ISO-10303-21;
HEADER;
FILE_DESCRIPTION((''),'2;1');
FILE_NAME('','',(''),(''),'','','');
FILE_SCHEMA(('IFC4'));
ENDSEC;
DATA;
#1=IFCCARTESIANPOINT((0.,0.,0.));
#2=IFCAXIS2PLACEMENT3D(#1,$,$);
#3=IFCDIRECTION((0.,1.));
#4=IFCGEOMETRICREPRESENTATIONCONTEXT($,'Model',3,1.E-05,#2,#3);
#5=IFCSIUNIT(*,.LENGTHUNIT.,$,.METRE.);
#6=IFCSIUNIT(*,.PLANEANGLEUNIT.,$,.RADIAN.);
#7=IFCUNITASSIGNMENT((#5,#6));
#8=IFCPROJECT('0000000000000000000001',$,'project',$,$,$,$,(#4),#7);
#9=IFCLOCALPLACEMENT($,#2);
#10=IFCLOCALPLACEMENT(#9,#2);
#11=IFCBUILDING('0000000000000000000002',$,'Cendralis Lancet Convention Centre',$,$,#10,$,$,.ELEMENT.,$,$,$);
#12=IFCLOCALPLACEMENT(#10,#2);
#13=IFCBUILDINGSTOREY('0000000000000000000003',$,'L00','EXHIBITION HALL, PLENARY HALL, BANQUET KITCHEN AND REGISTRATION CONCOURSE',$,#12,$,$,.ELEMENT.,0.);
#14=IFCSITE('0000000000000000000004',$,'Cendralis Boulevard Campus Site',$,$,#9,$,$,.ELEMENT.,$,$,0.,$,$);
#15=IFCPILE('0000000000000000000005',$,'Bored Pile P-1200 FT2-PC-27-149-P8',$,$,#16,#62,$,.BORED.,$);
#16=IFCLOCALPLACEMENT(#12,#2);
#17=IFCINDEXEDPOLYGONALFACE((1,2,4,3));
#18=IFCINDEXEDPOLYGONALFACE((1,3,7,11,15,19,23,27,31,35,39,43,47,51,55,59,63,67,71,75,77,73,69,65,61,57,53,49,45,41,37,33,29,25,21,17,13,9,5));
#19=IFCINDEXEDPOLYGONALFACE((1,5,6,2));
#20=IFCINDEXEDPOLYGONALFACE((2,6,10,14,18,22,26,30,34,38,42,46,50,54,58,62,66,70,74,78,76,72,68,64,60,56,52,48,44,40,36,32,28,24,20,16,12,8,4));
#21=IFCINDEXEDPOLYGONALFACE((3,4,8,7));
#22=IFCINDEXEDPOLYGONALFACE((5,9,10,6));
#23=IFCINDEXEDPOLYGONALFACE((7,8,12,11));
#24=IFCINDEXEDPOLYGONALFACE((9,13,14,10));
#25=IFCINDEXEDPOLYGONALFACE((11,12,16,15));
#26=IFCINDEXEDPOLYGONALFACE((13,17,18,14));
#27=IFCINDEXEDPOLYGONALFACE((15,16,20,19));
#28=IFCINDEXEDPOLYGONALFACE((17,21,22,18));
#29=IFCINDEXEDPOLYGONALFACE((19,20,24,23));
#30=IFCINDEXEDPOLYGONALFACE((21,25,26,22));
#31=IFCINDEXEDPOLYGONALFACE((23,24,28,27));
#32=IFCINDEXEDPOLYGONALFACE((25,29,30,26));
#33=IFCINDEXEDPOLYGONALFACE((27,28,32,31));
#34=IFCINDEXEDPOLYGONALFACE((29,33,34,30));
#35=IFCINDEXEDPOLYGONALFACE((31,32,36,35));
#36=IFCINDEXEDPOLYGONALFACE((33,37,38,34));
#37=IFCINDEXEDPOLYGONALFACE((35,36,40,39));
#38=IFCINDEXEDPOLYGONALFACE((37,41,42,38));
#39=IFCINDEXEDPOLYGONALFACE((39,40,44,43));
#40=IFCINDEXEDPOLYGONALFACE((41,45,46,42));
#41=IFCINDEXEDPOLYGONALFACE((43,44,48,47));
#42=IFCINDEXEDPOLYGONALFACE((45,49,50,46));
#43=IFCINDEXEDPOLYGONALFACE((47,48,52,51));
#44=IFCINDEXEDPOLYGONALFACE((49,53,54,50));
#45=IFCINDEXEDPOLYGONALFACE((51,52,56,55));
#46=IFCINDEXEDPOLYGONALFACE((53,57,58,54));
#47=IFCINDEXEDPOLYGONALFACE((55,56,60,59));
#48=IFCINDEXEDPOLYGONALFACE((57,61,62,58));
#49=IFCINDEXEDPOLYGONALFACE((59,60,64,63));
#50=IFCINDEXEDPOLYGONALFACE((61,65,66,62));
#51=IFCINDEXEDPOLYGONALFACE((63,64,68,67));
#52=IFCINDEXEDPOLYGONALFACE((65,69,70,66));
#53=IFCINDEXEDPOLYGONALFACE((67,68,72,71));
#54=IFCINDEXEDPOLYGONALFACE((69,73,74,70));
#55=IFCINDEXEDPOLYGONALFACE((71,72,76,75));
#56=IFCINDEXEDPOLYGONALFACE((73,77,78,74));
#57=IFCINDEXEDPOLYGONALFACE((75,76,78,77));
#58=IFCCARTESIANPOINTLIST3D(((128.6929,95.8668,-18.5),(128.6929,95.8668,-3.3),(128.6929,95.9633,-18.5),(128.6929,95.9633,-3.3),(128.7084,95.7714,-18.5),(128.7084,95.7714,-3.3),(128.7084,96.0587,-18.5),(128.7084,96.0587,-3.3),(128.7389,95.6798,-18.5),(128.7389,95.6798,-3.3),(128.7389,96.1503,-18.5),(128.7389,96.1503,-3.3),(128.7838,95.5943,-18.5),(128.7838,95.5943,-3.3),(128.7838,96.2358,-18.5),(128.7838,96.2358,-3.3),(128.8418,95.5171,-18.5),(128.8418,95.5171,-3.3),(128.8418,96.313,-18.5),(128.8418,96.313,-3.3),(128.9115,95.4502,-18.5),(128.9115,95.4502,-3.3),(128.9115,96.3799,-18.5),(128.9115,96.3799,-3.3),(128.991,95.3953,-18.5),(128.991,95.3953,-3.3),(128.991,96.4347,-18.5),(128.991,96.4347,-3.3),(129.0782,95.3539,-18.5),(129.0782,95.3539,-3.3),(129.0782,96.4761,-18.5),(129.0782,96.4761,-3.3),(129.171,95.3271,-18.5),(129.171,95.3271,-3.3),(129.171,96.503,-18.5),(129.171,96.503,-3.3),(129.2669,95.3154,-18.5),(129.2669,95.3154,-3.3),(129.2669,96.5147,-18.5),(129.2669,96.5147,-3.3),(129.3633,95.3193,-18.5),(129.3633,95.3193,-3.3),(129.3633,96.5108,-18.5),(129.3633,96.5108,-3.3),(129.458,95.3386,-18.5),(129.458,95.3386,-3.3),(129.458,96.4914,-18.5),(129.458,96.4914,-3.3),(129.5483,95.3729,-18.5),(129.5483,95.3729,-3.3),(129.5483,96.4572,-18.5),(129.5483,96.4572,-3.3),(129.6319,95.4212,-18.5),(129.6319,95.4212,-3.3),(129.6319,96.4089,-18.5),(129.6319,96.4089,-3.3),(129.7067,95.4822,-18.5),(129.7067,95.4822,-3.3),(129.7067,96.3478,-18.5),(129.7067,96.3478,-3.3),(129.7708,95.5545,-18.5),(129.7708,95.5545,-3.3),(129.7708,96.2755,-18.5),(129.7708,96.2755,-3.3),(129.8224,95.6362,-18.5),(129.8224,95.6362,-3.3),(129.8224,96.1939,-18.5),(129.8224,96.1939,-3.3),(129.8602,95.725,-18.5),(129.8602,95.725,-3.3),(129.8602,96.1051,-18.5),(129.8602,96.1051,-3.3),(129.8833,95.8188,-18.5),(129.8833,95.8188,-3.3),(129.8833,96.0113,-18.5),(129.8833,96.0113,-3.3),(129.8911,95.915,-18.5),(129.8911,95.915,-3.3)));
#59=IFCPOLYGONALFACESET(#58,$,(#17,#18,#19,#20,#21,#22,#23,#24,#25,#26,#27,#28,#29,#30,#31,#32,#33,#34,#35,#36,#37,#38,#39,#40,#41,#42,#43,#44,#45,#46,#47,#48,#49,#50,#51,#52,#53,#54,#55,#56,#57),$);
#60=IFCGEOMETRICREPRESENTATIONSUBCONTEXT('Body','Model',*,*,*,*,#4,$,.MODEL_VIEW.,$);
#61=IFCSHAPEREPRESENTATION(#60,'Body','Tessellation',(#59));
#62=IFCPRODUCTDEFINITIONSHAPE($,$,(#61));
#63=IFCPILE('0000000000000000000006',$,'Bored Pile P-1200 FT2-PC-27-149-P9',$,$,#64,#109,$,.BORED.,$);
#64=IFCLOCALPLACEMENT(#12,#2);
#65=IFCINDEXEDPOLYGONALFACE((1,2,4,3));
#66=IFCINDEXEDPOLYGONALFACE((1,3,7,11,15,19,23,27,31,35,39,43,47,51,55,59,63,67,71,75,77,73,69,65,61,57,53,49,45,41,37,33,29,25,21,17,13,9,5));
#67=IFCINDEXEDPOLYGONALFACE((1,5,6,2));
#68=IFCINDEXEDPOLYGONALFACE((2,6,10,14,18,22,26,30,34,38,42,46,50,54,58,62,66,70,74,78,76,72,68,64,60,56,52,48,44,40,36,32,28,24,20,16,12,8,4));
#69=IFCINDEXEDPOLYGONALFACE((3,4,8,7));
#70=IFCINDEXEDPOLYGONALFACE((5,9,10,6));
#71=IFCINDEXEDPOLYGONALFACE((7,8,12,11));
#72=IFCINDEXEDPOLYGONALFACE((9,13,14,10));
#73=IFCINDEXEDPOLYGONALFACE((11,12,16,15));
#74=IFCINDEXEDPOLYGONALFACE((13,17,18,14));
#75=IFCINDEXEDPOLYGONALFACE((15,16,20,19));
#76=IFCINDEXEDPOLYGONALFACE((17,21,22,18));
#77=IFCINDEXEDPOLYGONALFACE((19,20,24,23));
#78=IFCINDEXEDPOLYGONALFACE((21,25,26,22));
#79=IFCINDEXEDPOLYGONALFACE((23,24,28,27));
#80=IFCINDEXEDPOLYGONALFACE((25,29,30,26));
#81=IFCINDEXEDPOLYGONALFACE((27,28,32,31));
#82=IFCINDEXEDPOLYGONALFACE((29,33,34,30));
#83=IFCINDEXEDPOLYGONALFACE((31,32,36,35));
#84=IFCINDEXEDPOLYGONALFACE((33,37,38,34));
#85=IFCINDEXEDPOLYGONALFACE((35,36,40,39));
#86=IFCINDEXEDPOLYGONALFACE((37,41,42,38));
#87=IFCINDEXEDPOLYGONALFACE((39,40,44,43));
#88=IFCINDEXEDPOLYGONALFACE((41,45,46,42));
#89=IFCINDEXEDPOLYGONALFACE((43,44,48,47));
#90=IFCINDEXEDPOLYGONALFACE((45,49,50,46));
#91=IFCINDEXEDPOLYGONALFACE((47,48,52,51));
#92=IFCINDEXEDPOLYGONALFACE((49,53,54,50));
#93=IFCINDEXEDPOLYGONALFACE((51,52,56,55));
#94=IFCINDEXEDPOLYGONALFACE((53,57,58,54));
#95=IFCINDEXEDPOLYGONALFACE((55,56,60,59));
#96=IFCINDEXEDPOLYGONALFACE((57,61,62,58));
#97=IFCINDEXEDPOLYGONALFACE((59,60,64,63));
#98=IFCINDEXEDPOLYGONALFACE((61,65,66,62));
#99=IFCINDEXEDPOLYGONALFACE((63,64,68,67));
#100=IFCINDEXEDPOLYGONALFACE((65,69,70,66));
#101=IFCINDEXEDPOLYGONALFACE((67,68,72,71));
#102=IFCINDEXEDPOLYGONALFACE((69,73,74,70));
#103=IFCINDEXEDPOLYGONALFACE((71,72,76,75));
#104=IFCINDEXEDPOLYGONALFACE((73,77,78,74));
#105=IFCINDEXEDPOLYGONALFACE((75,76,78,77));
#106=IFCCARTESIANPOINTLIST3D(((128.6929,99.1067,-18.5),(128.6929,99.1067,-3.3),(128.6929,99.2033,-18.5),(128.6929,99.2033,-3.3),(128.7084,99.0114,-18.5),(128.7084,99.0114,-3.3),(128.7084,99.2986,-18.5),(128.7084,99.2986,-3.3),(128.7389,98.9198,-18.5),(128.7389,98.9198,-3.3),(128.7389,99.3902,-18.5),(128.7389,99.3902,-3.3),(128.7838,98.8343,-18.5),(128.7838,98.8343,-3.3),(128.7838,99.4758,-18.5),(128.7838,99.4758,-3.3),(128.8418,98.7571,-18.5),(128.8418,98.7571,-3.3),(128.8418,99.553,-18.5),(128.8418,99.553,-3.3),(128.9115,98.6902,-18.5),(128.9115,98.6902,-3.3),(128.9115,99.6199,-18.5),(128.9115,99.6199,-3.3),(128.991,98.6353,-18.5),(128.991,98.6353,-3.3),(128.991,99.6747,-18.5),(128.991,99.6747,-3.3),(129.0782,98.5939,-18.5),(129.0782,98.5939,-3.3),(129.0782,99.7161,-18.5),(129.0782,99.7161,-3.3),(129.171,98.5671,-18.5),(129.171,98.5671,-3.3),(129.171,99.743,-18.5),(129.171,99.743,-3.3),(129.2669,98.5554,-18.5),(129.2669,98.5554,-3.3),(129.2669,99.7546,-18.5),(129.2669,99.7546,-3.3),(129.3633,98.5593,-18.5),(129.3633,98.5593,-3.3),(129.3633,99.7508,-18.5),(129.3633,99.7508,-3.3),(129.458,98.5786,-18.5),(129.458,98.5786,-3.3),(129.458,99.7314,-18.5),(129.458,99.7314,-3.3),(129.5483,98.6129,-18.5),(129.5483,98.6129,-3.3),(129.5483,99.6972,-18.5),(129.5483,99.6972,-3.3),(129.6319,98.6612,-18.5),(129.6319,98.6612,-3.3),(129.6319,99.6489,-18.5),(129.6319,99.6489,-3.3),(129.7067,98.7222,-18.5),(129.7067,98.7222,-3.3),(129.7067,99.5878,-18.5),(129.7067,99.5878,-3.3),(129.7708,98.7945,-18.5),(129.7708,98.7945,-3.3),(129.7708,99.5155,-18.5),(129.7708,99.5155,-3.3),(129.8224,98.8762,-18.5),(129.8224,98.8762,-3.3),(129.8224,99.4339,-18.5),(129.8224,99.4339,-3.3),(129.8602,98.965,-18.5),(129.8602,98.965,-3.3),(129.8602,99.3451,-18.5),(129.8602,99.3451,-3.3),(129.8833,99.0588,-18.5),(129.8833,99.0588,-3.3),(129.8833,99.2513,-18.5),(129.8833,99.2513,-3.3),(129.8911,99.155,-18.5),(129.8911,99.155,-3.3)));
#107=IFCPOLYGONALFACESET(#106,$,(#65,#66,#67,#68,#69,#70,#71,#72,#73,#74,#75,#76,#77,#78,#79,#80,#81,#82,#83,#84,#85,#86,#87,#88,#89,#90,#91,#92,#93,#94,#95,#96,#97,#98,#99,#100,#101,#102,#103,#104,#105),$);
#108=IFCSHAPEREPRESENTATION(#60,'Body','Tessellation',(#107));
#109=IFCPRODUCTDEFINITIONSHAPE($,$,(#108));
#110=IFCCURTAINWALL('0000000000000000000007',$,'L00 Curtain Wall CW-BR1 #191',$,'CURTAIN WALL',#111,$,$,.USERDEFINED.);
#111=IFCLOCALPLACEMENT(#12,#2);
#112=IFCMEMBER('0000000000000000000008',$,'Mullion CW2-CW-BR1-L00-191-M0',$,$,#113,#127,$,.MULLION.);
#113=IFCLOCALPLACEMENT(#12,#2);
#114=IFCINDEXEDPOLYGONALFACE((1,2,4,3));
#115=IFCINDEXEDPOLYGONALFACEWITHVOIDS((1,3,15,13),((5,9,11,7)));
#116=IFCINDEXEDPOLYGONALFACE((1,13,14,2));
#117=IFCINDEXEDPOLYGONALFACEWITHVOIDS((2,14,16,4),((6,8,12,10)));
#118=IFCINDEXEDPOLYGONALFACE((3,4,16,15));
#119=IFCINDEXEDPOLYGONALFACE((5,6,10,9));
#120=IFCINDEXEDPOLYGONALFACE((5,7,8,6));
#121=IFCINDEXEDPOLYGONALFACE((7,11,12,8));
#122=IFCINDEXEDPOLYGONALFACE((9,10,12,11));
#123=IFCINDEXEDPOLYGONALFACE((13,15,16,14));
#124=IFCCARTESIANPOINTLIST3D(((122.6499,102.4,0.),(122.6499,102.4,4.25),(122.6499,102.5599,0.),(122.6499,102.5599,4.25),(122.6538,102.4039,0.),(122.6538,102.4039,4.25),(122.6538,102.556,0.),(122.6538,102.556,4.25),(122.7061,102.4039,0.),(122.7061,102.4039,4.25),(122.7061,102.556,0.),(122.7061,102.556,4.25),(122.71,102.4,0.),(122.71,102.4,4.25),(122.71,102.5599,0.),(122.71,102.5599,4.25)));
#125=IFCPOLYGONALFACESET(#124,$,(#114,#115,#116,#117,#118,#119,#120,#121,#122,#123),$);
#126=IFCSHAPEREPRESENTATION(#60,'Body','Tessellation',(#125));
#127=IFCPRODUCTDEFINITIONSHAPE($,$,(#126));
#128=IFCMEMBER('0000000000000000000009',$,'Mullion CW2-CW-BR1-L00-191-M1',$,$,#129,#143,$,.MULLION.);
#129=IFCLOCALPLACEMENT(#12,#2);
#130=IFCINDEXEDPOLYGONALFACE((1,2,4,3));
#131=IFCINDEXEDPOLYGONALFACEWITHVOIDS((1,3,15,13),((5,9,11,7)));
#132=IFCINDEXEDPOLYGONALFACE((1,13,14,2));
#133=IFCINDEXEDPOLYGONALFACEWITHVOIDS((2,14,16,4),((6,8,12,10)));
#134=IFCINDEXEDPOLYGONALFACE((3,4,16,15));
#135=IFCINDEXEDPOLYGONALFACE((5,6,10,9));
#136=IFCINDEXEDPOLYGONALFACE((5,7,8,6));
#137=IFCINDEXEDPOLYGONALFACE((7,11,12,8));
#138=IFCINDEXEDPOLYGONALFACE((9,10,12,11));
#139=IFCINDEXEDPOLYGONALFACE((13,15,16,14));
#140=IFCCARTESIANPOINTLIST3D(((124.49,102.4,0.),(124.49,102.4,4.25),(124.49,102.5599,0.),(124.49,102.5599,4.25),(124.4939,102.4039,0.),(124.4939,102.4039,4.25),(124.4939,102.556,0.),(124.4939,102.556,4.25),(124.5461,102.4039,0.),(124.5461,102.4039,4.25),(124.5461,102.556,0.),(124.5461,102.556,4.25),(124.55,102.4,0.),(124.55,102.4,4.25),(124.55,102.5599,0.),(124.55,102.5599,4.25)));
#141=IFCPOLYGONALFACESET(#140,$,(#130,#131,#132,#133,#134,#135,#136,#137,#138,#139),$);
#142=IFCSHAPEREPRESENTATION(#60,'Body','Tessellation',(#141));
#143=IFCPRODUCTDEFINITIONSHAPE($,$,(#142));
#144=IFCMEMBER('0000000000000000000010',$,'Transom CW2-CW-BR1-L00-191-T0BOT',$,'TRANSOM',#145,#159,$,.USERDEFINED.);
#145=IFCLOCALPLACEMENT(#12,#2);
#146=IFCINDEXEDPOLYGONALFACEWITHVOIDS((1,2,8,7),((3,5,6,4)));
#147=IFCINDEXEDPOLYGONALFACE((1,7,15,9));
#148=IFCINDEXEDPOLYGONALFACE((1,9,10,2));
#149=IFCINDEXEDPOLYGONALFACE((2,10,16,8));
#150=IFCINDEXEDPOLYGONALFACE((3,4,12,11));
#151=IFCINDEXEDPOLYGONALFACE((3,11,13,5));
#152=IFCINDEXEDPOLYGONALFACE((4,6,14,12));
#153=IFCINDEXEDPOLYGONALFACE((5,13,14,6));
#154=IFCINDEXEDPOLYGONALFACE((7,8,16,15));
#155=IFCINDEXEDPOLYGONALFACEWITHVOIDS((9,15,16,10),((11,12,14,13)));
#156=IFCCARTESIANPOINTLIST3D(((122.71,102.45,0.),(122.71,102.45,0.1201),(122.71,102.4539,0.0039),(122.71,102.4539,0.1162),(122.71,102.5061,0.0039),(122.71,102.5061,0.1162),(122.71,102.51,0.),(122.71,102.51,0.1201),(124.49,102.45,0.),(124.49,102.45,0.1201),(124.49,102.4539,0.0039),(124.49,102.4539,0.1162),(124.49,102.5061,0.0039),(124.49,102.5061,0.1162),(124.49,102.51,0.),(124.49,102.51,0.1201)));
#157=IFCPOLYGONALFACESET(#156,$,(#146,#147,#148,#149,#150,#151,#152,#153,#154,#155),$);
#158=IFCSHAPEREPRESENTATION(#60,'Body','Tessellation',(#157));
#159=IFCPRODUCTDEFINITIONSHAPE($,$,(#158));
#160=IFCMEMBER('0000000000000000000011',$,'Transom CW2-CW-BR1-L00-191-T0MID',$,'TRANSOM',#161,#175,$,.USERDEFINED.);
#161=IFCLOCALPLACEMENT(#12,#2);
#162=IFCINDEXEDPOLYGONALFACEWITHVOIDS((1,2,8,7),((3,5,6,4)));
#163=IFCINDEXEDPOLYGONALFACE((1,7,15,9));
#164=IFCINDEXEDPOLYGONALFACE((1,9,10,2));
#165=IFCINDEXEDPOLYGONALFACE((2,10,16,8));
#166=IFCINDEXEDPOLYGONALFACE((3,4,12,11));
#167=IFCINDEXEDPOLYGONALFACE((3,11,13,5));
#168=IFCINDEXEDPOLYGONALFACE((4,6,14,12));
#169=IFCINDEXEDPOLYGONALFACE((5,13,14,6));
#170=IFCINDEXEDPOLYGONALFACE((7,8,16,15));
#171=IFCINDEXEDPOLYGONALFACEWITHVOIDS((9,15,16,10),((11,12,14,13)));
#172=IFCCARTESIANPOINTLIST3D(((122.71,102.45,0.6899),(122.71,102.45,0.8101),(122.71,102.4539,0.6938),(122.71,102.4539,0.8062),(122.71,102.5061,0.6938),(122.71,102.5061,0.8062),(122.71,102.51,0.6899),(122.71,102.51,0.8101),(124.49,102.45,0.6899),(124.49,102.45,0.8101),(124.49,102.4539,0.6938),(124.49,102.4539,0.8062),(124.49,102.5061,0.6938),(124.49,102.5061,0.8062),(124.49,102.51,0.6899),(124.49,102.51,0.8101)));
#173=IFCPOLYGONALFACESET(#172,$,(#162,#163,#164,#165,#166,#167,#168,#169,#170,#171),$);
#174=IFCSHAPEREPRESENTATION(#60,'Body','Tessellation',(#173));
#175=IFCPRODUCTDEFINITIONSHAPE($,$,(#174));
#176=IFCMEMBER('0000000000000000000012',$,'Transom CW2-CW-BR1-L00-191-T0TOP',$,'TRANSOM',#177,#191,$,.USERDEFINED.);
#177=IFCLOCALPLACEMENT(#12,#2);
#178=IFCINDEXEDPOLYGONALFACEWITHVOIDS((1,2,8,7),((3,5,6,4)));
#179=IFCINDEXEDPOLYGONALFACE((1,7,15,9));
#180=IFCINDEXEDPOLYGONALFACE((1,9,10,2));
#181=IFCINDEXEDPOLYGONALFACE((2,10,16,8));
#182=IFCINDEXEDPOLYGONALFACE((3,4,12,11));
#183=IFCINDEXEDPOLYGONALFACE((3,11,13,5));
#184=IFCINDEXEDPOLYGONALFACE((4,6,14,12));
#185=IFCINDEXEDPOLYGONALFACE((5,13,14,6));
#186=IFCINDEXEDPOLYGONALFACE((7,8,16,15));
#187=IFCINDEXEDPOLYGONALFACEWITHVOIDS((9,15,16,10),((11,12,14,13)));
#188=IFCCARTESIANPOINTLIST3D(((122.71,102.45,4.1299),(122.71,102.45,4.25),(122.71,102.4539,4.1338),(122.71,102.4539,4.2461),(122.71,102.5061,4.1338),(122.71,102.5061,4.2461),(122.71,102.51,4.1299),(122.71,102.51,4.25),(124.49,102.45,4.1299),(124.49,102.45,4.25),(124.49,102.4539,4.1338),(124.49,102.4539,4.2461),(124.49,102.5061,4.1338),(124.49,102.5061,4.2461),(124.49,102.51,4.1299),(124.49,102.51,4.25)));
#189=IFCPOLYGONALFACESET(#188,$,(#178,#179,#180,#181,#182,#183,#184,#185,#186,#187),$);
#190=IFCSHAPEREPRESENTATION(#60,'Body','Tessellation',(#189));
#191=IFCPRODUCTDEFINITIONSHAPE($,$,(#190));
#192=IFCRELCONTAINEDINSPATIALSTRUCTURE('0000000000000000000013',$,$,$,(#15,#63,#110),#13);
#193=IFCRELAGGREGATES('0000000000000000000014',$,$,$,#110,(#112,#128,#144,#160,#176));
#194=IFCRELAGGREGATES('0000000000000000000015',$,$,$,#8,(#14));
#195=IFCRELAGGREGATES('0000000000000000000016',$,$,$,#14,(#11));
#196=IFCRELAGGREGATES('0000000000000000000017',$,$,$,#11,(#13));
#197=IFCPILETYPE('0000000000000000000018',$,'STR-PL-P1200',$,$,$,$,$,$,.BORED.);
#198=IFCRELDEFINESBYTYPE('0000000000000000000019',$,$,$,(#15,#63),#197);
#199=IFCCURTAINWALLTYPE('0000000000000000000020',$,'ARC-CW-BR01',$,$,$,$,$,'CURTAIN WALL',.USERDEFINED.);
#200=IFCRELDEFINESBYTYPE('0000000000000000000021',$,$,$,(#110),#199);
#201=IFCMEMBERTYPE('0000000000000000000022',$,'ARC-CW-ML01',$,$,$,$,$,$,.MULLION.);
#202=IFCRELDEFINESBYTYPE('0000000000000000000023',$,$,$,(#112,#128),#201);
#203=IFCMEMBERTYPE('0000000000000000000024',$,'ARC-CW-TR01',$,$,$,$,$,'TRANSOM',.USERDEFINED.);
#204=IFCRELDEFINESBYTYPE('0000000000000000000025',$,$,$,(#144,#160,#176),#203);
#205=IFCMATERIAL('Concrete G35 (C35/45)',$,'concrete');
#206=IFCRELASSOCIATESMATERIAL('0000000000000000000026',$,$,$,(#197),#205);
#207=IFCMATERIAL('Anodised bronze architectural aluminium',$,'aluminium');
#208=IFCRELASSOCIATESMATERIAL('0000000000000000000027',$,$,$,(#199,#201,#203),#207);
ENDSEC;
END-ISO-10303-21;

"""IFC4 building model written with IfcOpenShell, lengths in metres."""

from ifc_helpers import new_model, si_unit, direction, frame, origin, origin_2d, place, context, subcontext, project, spatial, hollow_rectangle, circle, extrude, material, material_profile, profile_set, type_object, element, aggregate, save


model = new_model("IFC4")

# Units and contexts
model_context = context("Model", 3, precision=1e-05, world=origin(), true_north=direction((0.0, 1.0)))
body_context = subcontext(model_context, "Body", "Model", "MODEL_VIEW")
ifc_project = project(units=[si_unit("LENGTHUNIT", "METRE"), si_unit("PLANEANGLEUNIT", "RADIAN")], contexts=[model_context])

# Site, building, storey
site_placement = place(None, origin())
site = spatial("IfcSite", under=ifc_project, at=site_placement, Name="Cendralis Boulevard Campus Site", CompositionType="ELEMENT", RefElevation=0.0)
building_placement = place(site_placement, origin())
building = spatial("IfcBuilding", under=site, at=building_placement, Name="Cendralis Lancet Convention Centre", CompositionType="ELEMENT")
storey_placement = place(building_placement, origin())
storey = spatial("IfcBuildingStorey", under=building, at=storey_placement, Name="L00", Description="EXHIBITION HALL, PLENARY HALL, BANQUET KITCHEN AND REGISTRATION CONCOURSE", CompositionType="ELEMENT", Elevation=0.0)

# Piles
ifc_material_1 = material(Name="Concrete G35 (C35/45)", Category="concrete")
ifc_material_profile_1 = material_profile(ifc_material_1, circle(Radius=0.6001, at=origin_2d()), Name="BORED PILE D1200")
ifc_profile_set_1 = profile_set([ifc_material_profile_1], Name="Concrete G35 (C35/45)")
pile_type = type_object("IfcPileType", Name="STR-PL-P1200", PredefinedType="BORED", material=ifc_profile_set_1)
for number, where, z_axis, x_axis, name in (
    (1, (129.291, 95.915, -3.3), (0.0, 0.0, -1.0), (1.0, 0.0, 0.0), "Bored Pile P-1200 FT2-PC-27-149-P8"),
    (2, (129.291, 99.155, -3.3), (0.0, 0.0, -1.0), (1.0, 0.0, 0.0), "Bored Pile P-1200 FT2-PC-27-149-P9"),
):
    element("IfcPile", number, at=place(storey_placement, frame(where, z_axis=z_axis, x_axis=x_axis)), inside=storey, type_object=pile_type, Name=name, PredefinedType="BORED", context=body_context, shape_type="SweptSolid", body=[
        extrude(circle(Radius=0.6001, at=origin_2d()), origin(), (0.0, 0.0, 1.0), 15.2),
    ])

# Curtain wall, members
ifc_material_2 = material(Name="Anodised bronze architectural aluminium", Category="aluminium")
curtain_wall_type = type_object("IfcCurtainWallType", Name="ARC-CW-BR01", ElementType="CURTAIN WALL", PredefinedType="USERDEFINED", material=ifc_material_2)
curtain_wall_placement = place(storey_placement, origin())
curtain_wall = element("IfcCurtainWall", 3, at=curtain_wall_placement, inside=storey, type_object=curtain_wall_type, Name="L00 Curtain Wall CW-BR1 #191", ObjectType="CURTAIN WALL", PredefinedType="USERDEFINED")
ifc_material_profile_2 = material_profile(ifc_material_2, hollow_rectangle(XDim=0.0601, YDim=0.1599, WallThickness=0.0039, at=origin_2d()), Name="AL-MULL 60x160x4.0")
ifc_profile_set_2 = profile_set([ifc_material_profile_2], Name="Anodised bronze architectural aluminium")
member_type_1 = type_object("IfcMemberType", Name="ARC-CW-ML01", PredefinedType="MULLION", material=ifc_profile_set_2)
member_1_placement = place(storey_placement, frame((122.6799, 102.48, 0.0), z_axis=(0.0, 0.0, 1.0), x_axis=(1.0, 0.0, 0.0)))
member_1 = element("IfcMember", 4, at=member_1_placement, type_object=member_type_1, Name="Mullion CW2-CW-BR1-L00-191-M0", PredefinedType="MULLION", context=body_context, shape_type="SweptSolid", body=[
    extrude(hollow_rectangle(XDim=0.0601, YDim=0.1599, WallThickness=0.0039, at=origin_2d()), origin(), (0.0, 0.0, 1.0), 4.25),
])
member_2_placement = place(storey_placement, frame((124.52, 102.48, 0.0), z_axis=(0.0, 0.0, 1.0), x_axis=(1.0, 0.0, 0.0)))
member_2 = element("IfcMember", 5, at=member_2_placement, type_object=member_type_1, Name="Mullion CW2-CW-BR1-L00-191-M1", PredefinedType="MULLION", context=body_context, shape_type="SweptSolid", body=[
    extrude(hollow_rectangle(XDim=0.0601, YDim=0.1599, WallThickness=0.0039, at=origin_2d()), origin(), (0.0, 0.0, 1.0), 4.25),
])
ifc_material_profile_3 = material_profile(ifc_material_2, hollow_rectangle(XDim=0.0601, YDim=0.1201, WallThickness=0.0039, at=origin_2d()), Name="AL-TRAN 60x120x4.0")
ifc_profile_set_3 = profile_set([ifc_material_profile_3], Name="Anodised bronze architectural aluminium")
member_type_2 = type_object("IfcMemberType", Name="ARC-CW-TR01", ElementType="TRANSOM", PredefinedType="USERDEFINED", material=ifc_profile_set_3)
member_3_placement = place(storey_placement, frame((122.71, 102.48, 0.0601), z_axis=(1.0, 0.0, 0.0), x_axis=(0.0, 1.0, 0.0)))
member_3 = element("IfcMember", 6, at=member_3_placement, type_object=member_type_2, Name="Transom CW2-CW-BR1-L00-191-T0BOT", ObjectType="TRANSOM", PredefinedType="USERDEFINED", context=body_context, shape_type="SweptSolid", body=[
    extrude(hollow_rectangle(XDim=0.0601, YDim=0.1201, WallThickness=0.0039, at=origin_2d()), origin(), (0.0, 0.0, 1.0), 1.78),
])
member_4_placement = place(storey_placement, frame((122.71, 102.48, 0.75), z_axis=(1.0, 0.0, 0.0), x_axis=(0.0, 1.0, 0.0)))
member_4 = element("IfcMember", 7, at=member_4_placement, type_object=member_type_2, Name="Transom CW2-CW-BR1-L00-191-T0MID", ObjectType="TRANSOM", PredefinedType="USERDEFINED", context=body_context, shape_type="SweptSolid", body=[
    extrude(hollow_rectangle(XDim=0.0601, YDim=0.1201, WallThickness=0.0039, at=origin_2d()), origin(), (0.0, 0.0, 1.0), 1.78),
])
member_5_placement = place(storey_placement, frame((122.71, 102.48, 4.1899), z_axis=(1.0, 0.0, 0.0), x_axis=(0.0, 1.0, 0.0)))
member_5 = element("IfcMember", 8, at=member_5_placement, type_object=member_type_2, Name="Transom CW2-CW-BR1-L00-191-T0TOP", ObjectType="TRANSOM", PredefinedType="USERDEFINED", context=body_context, shape_type="SweptSolid", body=[
    extrude(hollow_rectangle(XDim=0.0601, YDim=0.1201, WallThickness=0.0039, at=origin_2d()), origin(), (0.0, 0.0, 1.0), 1.78),
])

aggregate(curtain_wall, [member_1, member_2, member_3, member_4, member_5])

save(model, "model.ifc")
